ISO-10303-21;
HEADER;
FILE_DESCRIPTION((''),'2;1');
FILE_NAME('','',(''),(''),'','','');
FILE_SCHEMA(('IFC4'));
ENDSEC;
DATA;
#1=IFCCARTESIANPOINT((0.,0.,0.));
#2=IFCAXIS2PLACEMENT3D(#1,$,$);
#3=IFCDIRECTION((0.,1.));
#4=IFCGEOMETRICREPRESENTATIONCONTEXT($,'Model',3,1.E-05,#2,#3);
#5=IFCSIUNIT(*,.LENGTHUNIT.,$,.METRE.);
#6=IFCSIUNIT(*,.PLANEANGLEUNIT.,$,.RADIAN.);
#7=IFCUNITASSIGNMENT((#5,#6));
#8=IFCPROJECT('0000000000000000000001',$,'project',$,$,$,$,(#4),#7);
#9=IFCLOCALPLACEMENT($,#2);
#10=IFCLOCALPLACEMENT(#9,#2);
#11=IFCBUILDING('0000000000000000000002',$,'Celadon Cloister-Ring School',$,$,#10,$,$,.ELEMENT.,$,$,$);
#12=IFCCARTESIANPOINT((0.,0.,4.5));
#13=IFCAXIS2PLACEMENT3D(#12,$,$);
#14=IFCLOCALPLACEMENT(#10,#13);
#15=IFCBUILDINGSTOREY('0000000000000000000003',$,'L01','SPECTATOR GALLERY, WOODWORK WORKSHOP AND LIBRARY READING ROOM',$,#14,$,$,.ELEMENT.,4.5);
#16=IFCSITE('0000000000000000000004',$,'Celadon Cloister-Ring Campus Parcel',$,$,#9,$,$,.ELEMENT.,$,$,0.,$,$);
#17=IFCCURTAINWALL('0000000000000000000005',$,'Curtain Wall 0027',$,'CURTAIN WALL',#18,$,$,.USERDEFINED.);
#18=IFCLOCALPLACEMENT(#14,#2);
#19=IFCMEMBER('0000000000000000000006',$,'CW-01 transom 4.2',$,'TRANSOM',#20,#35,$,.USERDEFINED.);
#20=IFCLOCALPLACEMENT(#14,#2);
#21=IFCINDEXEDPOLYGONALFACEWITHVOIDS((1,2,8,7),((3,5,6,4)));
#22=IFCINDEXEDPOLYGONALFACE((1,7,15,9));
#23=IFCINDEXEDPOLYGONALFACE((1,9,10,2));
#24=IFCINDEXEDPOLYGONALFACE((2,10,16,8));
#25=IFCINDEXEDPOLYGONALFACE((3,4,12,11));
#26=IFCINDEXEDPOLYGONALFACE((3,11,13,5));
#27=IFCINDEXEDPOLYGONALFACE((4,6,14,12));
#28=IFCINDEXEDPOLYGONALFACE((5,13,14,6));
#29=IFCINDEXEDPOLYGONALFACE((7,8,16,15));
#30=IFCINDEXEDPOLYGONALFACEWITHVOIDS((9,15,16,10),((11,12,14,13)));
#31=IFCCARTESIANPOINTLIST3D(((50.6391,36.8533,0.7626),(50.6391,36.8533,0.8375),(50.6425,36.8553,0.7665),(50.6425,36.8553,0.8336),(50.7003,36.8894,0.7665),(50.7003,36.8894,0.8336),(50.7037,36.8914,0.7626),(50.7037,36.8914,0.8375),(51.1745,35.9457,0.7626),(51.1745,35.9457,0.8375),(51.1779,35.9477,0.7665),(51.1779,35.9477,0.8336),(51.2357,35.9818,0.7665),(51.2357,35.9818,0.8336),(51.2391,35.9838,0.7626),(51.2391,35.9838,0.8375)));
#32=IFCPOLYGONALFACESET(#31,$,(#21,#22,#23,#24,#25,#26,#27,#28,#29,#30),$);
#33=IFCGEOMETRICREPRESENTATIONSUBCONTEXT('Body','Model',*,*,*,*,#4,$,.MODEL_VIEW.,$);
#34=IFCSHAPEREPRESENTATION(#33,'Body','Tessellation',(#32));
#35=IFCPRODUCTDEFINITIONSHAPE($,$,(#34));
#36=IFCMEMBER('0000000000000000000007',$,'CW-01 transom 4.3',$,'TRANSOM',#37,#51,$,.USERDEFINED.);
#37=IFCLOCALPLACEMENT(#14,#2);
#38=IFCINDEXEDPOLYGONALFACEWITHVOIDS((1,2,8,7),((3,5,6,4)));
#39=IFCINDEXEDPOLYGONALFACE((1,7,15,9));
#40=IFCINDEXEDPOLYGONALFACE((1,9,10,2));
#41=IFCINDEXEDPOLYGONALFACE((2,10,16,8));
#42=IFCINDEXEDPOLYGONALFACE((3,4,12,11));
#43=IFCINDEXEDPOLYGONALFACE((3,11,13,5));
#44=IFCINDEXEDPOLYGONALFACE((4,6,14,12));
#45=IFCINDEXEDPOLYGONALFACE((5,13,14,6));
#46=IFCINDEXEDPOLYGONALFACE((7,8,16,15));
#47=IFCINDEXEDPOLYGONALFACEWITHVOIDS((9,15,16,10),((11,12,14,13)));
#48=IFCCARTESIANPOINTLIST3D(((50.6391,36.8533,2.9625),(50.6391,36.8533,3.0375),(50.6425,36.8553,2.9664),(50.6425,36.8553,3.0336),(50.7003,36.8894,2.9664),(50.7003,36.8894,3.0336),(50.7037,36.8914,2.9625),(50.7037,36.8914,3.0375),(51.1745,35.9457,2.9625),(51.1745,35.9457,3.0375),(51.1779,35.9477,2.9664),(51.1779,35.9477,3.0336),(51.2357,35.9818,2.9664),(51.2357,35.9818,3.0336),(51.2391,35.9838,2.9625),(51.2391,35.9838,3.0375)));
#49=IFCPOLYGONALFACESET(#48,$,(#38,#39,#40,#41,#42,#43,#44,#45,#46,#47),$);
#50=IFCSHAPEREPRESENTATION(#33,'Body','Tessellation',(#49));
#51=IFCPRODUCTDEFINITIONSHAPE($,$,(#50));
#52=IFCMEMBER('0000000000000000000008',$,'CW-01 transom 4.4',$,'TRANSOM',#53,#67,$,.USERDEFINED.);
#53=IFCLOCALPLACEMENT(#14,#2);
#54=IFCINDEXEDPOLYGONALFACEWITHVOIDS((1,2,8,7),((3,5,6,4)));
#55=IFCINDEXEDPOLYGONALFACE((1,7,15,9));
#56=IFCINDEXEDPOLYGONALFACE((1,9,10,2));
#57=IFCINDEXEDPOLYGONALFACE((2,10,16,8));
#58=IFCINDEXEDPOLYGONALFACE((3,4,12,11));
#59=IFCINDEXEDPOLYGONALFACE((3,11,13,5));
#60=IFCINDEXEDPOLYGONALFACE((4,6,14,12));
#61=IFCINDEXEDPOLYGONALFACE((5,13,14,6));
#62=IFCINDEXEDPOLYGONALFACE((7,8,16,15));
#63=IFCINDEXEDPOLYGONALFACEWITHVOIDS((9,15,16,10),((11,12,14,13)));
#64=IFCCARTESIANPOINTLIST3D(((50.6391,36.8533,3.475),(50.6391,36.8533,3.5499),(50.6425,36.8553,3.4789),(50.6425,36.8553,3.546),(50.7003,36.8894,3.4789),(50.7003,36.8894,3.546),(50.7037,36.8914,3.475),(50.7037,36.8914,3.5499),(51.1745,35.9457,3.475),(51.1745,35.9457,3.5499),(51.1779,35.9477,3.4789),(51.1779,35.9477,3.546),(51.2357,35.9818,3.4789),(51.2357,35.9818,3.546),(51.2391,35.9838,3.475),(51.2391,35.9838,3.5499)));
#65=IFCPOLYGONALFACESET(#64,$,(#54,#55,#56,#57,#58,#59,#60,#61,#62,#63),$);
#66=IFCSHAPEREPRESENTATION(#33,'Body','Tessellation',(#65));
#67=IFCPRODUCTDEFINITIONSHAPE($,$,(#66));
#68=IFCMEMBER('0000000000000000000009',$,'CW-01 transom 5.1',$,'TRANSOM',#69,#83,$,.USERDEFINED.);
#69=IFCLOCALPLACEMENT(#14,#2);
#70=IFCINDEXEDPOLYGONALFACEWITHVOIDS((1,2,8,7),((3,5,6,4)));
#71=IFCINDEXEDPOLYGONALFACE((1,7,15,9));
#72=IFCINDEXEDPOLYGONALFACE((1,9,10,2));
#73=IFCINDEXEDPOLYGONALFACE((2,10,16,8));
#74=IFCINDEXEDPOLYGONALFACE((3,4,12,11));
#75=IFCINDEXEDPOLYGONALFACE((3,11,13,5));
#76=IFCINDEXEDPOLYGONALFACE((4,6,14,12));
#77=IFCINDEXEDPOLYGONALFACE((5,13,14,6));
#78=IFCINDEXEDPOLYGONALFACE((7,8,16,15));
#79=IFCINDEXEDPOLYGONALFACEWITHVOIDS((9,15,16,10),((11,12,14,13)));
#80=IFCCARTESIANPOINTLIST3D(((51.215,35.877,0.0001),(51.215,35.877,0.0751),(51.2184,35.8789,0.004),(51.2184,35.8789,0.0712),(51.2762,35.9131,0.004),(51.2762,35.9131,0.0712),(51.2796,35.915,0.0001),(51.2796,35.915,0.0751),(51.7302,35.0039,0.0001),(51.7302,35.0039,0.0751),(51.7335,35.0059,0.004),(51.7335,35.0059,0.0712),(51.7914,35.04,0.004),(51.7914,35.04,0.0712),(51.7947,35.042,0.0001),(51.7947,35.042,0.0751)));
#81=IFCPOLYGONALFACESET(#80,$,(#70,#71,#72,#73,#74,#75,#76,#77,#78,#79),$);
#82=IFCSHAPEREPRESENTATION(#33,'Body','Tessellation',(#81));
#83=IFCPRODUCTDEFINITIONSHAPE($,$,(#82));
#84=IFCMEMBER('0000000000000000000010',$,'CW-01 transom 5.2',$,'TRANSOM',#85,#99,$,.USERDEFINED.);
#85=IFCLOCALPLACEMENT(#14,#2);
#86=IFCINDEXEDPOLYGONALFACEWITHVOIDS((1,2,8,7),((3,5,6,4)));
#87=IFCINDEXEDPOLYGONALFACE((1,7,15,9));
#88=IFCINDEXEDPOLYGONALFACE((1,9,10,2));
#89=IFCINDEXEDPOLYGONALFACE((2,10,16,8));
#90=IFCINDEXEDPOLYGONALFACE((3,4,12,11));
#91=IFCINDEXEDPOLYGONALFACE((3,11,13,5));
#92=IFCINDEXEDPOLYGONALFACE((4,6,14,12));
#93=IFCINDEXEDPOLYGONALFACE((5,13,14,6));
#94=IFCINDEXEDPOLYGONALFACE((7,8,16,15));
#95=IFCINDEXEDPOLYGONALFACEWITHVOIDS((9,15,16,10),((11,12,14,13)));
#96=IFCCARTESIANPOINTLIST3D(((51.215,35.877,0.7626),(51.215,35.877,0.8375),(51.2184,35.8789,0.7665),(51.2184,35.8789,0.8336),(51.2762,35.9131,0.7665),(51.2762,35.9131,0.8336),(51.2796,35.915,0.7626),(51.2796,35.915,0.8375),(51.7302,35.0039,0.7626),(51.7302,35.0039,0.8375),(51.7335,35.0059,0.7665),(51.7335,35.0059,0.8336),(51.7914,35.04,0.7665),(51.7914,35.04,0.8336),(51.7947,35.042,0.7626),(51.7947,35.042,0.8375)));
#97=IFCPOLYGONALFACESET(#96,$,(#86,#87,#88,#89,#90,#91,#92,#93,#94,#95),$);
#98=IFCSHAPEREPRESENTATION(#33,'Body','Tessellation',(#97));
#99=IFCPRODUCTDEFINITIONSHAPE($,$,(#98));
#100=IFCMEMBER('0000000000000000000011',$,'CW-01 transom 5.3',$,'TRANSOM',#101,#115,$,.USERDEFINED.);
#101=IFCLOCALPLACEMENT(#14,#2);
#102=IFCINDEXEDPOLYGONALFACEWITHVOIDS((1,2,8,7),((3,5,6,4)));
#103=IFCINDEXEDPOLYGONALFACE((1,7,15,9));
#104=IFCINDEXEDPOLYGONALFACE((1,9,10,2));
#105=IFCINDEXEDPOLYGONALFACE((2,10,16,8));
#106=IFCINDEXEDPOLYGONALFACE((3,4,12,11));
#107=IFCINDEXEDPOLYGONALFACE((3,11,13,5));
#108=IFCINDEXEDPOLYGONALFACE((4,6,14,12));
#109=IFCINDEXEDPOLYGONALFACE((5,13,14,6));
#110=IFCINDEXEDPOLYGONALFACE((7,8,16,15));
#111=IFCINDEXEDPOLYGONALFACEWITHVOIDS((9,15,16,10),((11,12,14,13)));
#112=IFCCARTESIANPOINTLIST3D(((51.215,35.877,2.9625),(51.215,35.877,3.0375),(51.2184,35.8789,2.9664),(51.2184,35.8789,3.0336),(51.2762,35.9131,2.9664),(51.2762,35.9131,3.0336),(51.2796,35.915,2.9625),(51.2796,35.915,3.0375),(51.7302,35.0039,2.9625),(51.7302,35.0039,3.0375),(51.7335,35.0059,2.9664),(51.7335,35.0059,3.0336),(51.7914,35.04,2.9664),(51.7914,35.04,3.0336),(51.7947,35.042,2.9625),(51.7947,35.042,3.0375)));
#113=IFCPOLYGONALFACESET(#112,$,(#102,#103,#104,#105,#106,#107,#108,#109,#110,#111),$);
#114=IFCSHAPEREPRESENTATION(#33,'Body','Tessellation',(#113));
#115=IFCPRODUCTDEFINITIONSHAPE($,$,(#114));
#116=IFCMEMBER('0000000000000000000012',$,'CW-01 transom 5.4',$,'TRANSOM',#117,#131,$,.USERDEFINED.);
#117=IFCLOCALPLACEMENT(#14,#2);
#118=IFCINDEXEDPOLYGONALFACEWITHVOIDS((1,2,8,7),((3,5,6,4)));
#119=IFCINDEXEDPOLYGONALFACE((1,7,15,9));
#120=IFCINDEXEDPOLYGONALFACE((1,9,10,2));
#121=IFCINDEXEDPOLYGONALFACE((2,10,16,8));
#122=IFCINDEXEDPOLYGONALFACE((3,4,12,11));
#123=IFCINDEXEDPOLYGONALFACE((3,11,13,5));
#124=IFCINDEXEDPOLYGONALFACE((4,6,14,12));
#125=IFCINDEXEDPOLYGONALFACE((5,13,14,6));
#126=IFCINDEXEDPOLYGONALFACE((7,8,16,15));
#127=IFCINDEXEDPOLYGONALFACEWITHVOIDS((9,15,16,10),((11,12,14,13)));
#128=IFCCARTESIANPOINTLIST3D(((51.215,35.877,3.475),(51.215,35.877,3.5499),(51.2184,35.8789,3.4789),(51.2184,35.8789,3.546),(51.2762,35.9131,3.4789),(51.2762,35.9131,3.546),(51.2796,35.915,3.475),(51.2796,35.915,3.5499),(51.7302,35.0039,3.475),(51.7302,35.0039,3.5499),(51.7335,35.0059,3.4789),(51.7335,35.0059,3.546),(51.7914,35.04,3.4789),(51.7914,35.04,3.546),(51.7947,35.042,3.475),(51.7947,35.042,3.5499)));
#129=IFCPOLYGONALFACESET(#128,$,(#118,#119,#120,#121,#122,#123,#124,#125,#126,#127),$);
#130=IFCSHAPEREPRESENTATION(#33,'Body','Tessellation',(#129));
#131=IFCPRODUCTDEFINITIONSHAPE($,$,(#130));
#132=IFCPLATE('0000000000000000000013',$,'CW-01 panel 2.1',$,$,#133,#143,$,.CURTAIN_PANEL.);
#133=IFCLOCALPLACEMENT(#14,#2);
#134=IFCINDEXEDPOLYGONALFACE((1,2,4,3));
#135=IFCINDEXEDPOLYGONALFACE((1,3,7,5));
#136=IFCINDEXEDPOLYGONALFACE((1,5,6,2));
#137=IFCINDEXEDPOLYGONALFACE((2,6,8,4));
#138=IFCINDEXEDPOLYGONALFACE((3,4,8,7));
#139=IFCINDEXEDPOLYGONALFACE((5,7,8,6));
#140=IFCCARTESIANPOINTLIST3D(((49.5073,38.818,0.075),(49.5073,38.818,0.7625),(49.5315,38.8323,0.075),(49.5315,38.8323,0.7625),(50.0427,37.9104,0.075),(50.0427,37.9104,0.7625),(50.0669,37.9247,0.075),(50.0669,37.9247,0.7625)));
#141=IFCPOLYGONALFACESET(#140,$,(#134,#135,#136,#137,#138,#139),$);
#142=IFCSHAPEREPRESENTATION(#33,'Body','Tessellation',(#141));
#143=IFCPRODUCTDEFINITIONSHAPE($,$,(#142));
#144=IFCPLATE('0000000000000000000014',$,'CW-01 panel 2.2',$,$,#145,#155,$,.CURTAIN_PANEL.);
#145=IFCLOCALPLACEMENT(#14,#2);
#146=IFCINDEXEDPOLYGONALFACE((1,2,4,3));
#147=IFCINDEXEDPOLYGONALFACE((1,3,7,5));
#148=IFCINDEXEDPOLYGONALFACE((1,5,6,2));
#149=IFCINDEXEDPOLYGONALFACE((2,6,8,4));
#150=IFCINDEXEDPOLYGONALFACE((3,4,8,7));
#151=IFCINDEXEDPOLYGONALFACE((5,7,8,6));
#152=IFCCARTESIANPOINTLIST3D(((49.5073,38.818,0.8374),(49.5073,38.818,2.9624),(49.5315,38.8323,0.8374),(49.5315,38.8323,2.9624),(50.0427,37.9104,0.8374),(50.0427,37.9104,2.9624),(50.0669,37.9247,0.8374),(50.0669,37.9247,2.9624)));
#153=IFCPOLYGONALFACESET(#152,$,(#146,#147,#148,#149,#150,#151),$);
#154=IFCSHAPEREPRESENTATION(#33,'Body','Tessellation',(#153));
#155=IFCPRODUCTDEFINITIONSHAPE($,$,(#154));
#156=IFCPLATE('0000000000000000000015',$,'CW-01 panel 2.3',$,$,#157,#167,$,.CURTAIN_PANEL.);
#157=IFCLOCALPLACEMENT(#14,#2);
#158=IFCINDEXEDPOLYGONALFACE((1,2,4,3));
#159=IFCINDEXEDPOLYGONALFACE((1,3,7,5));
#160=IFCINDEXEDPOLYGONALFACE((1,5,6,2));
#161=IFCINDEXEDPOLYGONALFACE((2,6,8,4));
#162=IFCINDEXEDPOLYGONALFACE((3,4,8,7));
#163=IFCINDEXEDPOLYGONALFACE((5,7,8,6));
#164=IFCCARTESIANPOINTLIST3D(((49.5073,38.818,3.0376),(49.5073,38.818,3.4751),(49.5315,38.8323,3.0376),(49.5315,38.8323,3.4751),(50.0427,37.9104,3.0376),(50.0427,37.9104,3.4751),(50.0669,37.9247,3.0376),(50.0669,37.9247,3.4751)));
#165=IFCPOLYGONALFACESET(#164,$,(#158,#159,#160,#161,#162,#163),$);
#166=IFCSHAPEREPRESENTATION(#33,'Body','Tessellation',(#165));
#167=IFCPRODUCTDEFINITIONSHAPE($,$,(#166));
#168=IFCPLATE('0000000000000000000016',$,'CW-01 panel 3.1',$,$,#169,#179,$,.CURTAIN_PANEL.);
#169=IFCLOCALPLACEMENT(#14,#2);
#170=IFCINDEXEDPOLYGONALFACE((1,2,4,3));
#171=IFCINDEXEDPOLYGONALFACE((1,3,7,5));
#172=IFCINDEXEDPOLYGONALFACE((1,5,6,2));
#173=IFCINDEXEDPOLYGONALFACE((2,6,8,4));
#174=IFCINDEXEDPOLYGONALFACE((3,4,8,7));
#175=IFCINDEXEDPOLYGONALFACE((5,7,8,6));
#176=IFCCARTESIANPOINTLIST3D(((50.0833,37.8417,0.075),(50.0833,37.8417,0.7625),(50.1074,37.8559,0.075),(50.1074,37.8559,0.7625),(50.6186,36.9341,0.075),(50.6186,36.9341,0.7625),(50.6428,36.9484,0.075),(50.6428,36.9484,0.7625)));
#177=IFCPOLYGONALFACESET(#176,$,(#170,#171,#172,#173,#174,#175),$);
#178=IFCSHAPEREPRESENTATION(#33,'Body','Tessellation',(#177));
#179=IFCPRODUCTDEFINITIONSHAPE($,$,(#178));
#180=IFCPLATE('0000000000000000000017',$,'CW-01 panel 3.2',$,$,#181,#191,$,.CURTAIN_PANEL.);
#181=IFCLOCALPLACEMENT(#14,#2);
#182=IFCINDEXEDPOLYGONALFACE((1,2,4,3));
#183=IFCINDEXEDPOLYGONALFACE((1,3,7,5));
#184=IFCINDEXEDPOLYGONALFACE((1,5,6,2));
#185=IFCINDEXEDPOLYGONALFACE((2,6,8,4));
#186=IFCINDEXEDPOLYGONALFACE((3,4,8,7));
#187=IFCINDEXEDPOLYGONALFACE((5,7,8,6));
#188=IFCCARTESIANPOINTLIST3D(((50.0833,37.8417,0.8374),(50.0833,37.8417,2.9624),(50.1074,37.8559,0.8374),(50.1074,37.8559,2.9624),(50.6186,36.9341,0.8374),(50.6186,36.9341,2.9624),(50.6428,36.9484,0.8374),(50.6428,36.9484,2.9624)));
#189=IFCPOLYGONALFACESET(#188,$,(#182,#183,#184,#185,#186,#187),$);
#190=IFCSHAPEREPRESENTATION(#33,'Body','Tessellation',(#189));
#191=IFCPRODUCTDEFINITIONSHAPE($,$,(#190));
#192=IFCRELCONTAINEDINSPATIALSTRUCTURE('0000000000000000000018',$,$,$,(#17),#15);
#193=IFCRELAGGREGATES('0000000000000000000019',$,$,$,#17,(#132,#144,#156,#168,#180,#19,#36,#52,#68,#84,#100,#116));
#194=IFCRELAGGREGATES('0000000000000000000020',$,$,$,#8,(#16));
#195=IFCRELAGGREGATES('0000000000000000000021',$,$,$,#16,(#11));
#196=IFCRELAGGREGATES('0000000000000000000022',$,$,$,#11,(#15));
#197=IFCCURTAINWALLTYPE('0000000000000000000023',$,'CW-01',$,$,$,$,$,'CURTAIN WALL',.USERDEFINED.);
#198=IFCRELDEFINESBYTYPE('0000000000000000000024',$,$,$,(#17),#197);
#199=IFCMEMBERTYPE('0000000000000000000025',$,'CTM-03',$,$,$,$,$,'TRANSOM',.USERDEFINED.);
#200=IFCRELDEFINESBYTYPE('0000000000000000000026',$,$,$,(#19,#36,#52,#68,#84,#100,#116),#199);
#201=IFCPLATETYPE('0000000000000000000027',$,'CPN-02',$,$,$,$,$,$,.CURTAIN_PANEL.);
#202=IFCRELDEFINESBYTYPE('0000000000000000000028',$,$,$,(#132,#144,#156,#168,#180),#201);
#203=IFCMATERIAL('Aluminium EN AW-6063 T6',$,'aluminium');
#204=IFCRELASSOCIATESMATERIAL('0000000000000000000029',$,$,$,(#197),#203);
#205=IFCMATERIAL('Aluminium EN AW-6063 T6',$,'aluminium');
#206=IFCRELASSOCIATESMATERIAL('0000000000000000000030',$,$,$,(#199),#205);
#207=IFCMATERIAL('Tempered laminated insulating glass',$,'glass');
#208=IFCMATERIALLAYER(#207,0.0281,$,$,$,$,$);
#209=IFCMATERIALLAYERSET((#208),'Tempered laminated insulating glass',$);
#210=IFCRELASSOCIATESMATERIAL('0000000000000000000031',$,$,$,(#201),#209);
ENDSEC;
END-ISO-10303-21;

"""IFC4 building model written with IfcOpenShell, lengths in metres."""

from ifc_helpers import new_model, si_unit, direction, frame, origin, origin_2d, place, context, subcontext, project, spatial, rectangle, hollow_rectangle, extrude, material, layer, layer_set, material_profile, profile_set, type_object, element, aggregate, save


model = new_model("IFC4")

# Units and contexts
model_context = context("Model", 3, precision=1e-05, world=origin(), true_north=direction((0.0, 1.0)))
body_context = subcontext(model_context, "Body", "Model", "MODEL_VIEW")
ifc_project = project(units=[si_unit("LENGTHUNIT", "METRE"), si_unit("PLANEANGLEUNIT", "RADIAN")], contexts=[model_context])

# Site, building, storey
site_placement = place(None, origin())
site = spatial("IfcSite", under=ifc_project, at=site_placement, Name="Celadon Cloister-Ring Campus Parcel", CompositionType="ELEMENT", RefElevation=0.0)
building_placement = place(site_placement, origin())
building = spatial("IfcBuilding", under=site, at=building_placement, Name="Celadon Cloister-Ring School", CompositionType="ELEMENT")
storey_placement = place(building_placement, frame((0.0, 0.0, 4.5)))
storey = spatial("IfcBuildingStorey", under=building, at=storey_placement, Name="L01", Description="SPECTATOR GALLERY, WOODWORK WORKSHOP AND LIBRARY READING ROOM", CompositionType="ELEMENT", Elevation=4.5)

# Curtain wall, members, plates
ifc_material_1 = material(Name="Aluminium EN AW-6063 T6", Category="aluminium")
curtain_wall_type = type_object("IfcCurtainWallType", Name="CW-01", ElementType="CURTAIN WALL", PredefinedType="USERDEFINED", material=ifc_material_1)
curtain_wall_placement = place(storey_placement, origin())
curtain_wall = element("IfcCurtainWall", 1, at=curtain_wall_placement, inside=storey, type_object=curtain_wall_type, Name="Curtain Wall 0027", ObjectType="CURTAIN WALL", PredefinedType="USERDEFINED")
ifc_material_2 = material(Name="Aluminium EN AW-6063 T6", Category="aluminium")
ifc_material_profile_1 = material_profile(ifc_material_2, hollow_rectangle(XDim=0.075, YDim=0.075, WallThickness=0.0039, at=origin_2d()), Name="RHS75X75X4")
ifc_profile_set_1 = profile_set([ifc_material_profile_1], Name="Aluminium EN AW-6063 T6")
member_type_1 = type_object("IfcMemberType", Name="CTM-03", ElementType="TRANSOM", PredefinedType="USERDEFINED", material=ifc_profile_set_1)
member_1_placement = place(storey_placement, frame((50.6714, 36.8723, 0.8), z_axis=(0.508144, -0.861272, 0.0), x_axis=(0.861272, 0.508144, 0.0)))
member_1 = element("IfcMember", 2, at=member_1_placement, type_object=member_type_1, Name="CW-01 transom 4.2", ObjectType="TRANSOM", PredefinedType="USERDEFINED", context=body_context, shape_type="SweptSolid", body=[
    extrude(hollow_rectangle(XDim=0.075, YDim=0.075, WallThickness=0.0039, at=origin_2d()), origin(), (0.0, 0.0, 1.0), 1.0537),
])
member_2_placement = place(storey_placement, frame((50.6714, 36.8723, 3.0), z_axis=(0.508144, -0.861272, 0.0), x_axis=(0.861272, 0.508144, 0.0)))
member_2 = element("IfcMember", 3, at=member_2_placement, type_object=member_type_1, Name="CW-01 transom 4.3", ObjectType="TRANSOM", PredefinedType="USERDEFINED", context=body_context, shape_type="SweptSolid", body=[
    extrude(hollow_rectangle(XDim=0.075, YDim=0.075, WallThickness=0.0039, at=origin_2d()), origin(), (0.0, 0.0, 1.0), 1.0537),
])
member_3_placement = place(storey_placement, frame((50.6714, 36.8723, 3.5125), z_axis=(0.508144, -0.861272, 0.0), x_axis=(0.861272, 0.508144, 0.0)))
member_3 = element("IfcMember", 4, at=member_3_placement, type_object=member_type_1, Name="CW-01 transom 4.4", ObjectType="TRANSOM", PredefinedType="USERDEFINED", context=body_context, shape_type="SweptSolid", body=[
    extrude(hollow_rectangle(XDim=0.075, YDim=0.075, WallThickness=0.0039, at=origin_2d()), origin(), (0.0, 0.0, 1.0), 1.0537),
])
member_4_placement = place(storey_placement, frame((51.2473, 35.896, 0.0376), z_axis=(0.508177, -0.861252, 0.0), x_axis=(0.861252, 0.508177, 0.0)))
member_4 = element("IfcMember", 5, at=member_4_placement, type_object=member_type_1, Name="CW-01 transom 5.1", ObjectType="TRANSOM", PredefinedType="USERDEFINED", context=body_context, shape_type="SweptSolid", body=[
    extrude(hollow_rectangle(XDim=0.075, YDim=0.075, WallThickness=0.0039, at=origin_2d()), origin(), (0.0, 0.0, 1.0), 1.0137),
])
member_5_placement = place(storey_placement, frame((51.2473, 35.896, 0.8), z_axis=(0.508177, -0.861252, 0.0), x_axis=(0.861252, 0.508177, 0.0)))
member_5 = element("IfcMember", 6, at=member_5_placement, type_object=member_type_1, Name="CW-01 transom 5.2", ObjectType="TRANSOM", PredefinedType="USERDEFINED", context=body_context, shape_type="SweptSolid", body=[
    extrude(hollow_rectangle(XDim=0.075, YDim=0.075, WallThickness=0.0039, at=origin_2d()), origin(), (0.0, 0.0, 1.0), 1.0137),
])
member_6_placement = place(storey_placement, frame((51.2473, 35.896, 3.0), z_axis=(0.508177, -0.861252, 0.0), x_axis=(0.861252, 0.508177, 0.0)))
member_6 = element("IfcMember", 7, at=member_6_placement, type_object=member_type_1, Name="CW-01 transom 5.3", ObjectType="TRANSOM", PredefinedType="USERDEFINED", context=body_context, shape_type="SweptSolid", body=[
    extrude(hollow_rectangle(XDim=0.075, YDim=0.075, WallThickness=0.0039, at=origin_2d()), origin(), (0.0, 0.0, 1.0), 1.0137),
])
member_7_placement = place(storey_placement, frame((51.2473, 35.896, 3.5125), z_axis=(0.508177, -0.861252, 0.0), x_axis=(0.861252, 0.508177, 0.0)))
member_7 = element("IfcMember", 8, at=member_7_placement, type_object=member_type_1, Name="CW-01 transom 5.4", ObjectType="TRANSOM", PredefinedType="USERDEFINED", context=body_context, shape_type="SweptSolid", body=[
    extrude(hollow_rectangle(XDim=0.075, YDim=0.075, WallThickness=0.0039, at=origin_2d()), origin(), (0.0, 0.0, 1.0), 1.0137),
])
ifc_material_3 = material(Name="Tempered laminated insulating glass", Category="glass")
ifc_layer_1 = layer(ifc_material_3, 0.0281)
ifc_layer_set_1 = layer_set([ifc_layer_1], Name="Tempered laminated insulating glass")
plate_type = type_object("IfcPlateType", Name="CPN-02", PredefinedType="CURTAIN_PANEL", material=ifc_layer_set_1)
plate_1_placement = place(storey_placement, frame((49.7871, 38.3713, 0.075), z_axis=(0.0, 0.0, 1.0), x_axis=(0.508099, -0.861299, 0.0)))
plate_1 = element("IfcPlate", 9, at=plate_1_placement, type_object=plate_type, Name="CW-01 panel 2.1", PredefinedType="CURTAIN_PANEL", context=body_context, shape_type="SweptSolid", body=[
    extrude(rectangle(XDim=1.0537, YDim=0.0281, at=origin_2d()), origin(), (0.0, 0.0, 1.0), 0.6875),
])
plate_2_placement = place(storey_placement, frame((49.7871, 38.3713, 0.8374), z_axis=(0.0, 0.0, 1.0), x_axis=(0.508099, -0.861299, 0.0)))
plate_2 = element("IfcPlate", 10, at=plate_2_placement, type_object=plate_type, Name="CW-01 panel 2.2", PredefinedType="CURTAIN_PANEL", context=body_context, shape_type="SweptSolid", body=[
    extrude(rectangle(XDim=1.0537, YDim=0.0281, at=origin_2d()), origin(), (0.0, 0.0, 1.0), 2.125),
])
plate_3_placement = place(storey_placement, frame((49.7871, 38.3713, 3.0376), z_axis=(0.0, 0.0, 1.0), x_axis=(0.508099, -0.861299, 0.0)))
plate_3 = element("IfcPlate", 11, at=plate_3_placement, type_object=plate_type, Name="CW-01 panel 2.3", PredefinedType="CURTAIN_PANEL", context=body_context, shape_type="SweptSolid", body=[
    extrude(rectangle(XDim=1.0537, YDim=0.0281, at=origin_2d()), origin(), (0.0, 0.0, 1.0), 0.4375),
])
plate_4_placement = place(storey_placement, frame((50.363, 37.395, 0.075), z_axis=(0.0, 0.0, 1.0), x_axis=(0.508099, -0.861299, 0.0)))
plate_4 = element("IfcPlate", 12, at=plate_4_placement, type_object=plate_type, Name="CW-01 panel 3.1", PredefinedType="CURTAIN_PANEL", context=body_context, shape_type="SweptSolid", body=[
    extrude(rectangle(XDim=1.0537, YDim=0.0281, at=origin_2d()), origin(), (0.0, 0.0, 1.0), 0.6875),
])
plate_5_placement = place(storey_placement, frame((50.363, 37.395, 0.8374), z_axis=(0.0, 0.0, 1.0), x_axis=(0.508099, -0.861299, 0.0)))
plate_5 = element("IfcPlate", 13, at=plate_5_placement, type_object=plate_type, Name="CW-01 panel 3.2", PredefinedType="CURTAIN_PANEL", context=body_context, shape_type="SweptSolid", body=[
    extrude(rectangle(XDim=1.0537, YDim=0.0281, at=origin_2d()), origin(), (0.0, 0.0, 1.0), 2.125),
])
aggregate(curtain_wall, [plate_1, plate_2, plate_3, plate_4, plate_5, member_1, member_2, member_3, member_4, member_5, member_6, member_7])

save(model, "model.ifc")
